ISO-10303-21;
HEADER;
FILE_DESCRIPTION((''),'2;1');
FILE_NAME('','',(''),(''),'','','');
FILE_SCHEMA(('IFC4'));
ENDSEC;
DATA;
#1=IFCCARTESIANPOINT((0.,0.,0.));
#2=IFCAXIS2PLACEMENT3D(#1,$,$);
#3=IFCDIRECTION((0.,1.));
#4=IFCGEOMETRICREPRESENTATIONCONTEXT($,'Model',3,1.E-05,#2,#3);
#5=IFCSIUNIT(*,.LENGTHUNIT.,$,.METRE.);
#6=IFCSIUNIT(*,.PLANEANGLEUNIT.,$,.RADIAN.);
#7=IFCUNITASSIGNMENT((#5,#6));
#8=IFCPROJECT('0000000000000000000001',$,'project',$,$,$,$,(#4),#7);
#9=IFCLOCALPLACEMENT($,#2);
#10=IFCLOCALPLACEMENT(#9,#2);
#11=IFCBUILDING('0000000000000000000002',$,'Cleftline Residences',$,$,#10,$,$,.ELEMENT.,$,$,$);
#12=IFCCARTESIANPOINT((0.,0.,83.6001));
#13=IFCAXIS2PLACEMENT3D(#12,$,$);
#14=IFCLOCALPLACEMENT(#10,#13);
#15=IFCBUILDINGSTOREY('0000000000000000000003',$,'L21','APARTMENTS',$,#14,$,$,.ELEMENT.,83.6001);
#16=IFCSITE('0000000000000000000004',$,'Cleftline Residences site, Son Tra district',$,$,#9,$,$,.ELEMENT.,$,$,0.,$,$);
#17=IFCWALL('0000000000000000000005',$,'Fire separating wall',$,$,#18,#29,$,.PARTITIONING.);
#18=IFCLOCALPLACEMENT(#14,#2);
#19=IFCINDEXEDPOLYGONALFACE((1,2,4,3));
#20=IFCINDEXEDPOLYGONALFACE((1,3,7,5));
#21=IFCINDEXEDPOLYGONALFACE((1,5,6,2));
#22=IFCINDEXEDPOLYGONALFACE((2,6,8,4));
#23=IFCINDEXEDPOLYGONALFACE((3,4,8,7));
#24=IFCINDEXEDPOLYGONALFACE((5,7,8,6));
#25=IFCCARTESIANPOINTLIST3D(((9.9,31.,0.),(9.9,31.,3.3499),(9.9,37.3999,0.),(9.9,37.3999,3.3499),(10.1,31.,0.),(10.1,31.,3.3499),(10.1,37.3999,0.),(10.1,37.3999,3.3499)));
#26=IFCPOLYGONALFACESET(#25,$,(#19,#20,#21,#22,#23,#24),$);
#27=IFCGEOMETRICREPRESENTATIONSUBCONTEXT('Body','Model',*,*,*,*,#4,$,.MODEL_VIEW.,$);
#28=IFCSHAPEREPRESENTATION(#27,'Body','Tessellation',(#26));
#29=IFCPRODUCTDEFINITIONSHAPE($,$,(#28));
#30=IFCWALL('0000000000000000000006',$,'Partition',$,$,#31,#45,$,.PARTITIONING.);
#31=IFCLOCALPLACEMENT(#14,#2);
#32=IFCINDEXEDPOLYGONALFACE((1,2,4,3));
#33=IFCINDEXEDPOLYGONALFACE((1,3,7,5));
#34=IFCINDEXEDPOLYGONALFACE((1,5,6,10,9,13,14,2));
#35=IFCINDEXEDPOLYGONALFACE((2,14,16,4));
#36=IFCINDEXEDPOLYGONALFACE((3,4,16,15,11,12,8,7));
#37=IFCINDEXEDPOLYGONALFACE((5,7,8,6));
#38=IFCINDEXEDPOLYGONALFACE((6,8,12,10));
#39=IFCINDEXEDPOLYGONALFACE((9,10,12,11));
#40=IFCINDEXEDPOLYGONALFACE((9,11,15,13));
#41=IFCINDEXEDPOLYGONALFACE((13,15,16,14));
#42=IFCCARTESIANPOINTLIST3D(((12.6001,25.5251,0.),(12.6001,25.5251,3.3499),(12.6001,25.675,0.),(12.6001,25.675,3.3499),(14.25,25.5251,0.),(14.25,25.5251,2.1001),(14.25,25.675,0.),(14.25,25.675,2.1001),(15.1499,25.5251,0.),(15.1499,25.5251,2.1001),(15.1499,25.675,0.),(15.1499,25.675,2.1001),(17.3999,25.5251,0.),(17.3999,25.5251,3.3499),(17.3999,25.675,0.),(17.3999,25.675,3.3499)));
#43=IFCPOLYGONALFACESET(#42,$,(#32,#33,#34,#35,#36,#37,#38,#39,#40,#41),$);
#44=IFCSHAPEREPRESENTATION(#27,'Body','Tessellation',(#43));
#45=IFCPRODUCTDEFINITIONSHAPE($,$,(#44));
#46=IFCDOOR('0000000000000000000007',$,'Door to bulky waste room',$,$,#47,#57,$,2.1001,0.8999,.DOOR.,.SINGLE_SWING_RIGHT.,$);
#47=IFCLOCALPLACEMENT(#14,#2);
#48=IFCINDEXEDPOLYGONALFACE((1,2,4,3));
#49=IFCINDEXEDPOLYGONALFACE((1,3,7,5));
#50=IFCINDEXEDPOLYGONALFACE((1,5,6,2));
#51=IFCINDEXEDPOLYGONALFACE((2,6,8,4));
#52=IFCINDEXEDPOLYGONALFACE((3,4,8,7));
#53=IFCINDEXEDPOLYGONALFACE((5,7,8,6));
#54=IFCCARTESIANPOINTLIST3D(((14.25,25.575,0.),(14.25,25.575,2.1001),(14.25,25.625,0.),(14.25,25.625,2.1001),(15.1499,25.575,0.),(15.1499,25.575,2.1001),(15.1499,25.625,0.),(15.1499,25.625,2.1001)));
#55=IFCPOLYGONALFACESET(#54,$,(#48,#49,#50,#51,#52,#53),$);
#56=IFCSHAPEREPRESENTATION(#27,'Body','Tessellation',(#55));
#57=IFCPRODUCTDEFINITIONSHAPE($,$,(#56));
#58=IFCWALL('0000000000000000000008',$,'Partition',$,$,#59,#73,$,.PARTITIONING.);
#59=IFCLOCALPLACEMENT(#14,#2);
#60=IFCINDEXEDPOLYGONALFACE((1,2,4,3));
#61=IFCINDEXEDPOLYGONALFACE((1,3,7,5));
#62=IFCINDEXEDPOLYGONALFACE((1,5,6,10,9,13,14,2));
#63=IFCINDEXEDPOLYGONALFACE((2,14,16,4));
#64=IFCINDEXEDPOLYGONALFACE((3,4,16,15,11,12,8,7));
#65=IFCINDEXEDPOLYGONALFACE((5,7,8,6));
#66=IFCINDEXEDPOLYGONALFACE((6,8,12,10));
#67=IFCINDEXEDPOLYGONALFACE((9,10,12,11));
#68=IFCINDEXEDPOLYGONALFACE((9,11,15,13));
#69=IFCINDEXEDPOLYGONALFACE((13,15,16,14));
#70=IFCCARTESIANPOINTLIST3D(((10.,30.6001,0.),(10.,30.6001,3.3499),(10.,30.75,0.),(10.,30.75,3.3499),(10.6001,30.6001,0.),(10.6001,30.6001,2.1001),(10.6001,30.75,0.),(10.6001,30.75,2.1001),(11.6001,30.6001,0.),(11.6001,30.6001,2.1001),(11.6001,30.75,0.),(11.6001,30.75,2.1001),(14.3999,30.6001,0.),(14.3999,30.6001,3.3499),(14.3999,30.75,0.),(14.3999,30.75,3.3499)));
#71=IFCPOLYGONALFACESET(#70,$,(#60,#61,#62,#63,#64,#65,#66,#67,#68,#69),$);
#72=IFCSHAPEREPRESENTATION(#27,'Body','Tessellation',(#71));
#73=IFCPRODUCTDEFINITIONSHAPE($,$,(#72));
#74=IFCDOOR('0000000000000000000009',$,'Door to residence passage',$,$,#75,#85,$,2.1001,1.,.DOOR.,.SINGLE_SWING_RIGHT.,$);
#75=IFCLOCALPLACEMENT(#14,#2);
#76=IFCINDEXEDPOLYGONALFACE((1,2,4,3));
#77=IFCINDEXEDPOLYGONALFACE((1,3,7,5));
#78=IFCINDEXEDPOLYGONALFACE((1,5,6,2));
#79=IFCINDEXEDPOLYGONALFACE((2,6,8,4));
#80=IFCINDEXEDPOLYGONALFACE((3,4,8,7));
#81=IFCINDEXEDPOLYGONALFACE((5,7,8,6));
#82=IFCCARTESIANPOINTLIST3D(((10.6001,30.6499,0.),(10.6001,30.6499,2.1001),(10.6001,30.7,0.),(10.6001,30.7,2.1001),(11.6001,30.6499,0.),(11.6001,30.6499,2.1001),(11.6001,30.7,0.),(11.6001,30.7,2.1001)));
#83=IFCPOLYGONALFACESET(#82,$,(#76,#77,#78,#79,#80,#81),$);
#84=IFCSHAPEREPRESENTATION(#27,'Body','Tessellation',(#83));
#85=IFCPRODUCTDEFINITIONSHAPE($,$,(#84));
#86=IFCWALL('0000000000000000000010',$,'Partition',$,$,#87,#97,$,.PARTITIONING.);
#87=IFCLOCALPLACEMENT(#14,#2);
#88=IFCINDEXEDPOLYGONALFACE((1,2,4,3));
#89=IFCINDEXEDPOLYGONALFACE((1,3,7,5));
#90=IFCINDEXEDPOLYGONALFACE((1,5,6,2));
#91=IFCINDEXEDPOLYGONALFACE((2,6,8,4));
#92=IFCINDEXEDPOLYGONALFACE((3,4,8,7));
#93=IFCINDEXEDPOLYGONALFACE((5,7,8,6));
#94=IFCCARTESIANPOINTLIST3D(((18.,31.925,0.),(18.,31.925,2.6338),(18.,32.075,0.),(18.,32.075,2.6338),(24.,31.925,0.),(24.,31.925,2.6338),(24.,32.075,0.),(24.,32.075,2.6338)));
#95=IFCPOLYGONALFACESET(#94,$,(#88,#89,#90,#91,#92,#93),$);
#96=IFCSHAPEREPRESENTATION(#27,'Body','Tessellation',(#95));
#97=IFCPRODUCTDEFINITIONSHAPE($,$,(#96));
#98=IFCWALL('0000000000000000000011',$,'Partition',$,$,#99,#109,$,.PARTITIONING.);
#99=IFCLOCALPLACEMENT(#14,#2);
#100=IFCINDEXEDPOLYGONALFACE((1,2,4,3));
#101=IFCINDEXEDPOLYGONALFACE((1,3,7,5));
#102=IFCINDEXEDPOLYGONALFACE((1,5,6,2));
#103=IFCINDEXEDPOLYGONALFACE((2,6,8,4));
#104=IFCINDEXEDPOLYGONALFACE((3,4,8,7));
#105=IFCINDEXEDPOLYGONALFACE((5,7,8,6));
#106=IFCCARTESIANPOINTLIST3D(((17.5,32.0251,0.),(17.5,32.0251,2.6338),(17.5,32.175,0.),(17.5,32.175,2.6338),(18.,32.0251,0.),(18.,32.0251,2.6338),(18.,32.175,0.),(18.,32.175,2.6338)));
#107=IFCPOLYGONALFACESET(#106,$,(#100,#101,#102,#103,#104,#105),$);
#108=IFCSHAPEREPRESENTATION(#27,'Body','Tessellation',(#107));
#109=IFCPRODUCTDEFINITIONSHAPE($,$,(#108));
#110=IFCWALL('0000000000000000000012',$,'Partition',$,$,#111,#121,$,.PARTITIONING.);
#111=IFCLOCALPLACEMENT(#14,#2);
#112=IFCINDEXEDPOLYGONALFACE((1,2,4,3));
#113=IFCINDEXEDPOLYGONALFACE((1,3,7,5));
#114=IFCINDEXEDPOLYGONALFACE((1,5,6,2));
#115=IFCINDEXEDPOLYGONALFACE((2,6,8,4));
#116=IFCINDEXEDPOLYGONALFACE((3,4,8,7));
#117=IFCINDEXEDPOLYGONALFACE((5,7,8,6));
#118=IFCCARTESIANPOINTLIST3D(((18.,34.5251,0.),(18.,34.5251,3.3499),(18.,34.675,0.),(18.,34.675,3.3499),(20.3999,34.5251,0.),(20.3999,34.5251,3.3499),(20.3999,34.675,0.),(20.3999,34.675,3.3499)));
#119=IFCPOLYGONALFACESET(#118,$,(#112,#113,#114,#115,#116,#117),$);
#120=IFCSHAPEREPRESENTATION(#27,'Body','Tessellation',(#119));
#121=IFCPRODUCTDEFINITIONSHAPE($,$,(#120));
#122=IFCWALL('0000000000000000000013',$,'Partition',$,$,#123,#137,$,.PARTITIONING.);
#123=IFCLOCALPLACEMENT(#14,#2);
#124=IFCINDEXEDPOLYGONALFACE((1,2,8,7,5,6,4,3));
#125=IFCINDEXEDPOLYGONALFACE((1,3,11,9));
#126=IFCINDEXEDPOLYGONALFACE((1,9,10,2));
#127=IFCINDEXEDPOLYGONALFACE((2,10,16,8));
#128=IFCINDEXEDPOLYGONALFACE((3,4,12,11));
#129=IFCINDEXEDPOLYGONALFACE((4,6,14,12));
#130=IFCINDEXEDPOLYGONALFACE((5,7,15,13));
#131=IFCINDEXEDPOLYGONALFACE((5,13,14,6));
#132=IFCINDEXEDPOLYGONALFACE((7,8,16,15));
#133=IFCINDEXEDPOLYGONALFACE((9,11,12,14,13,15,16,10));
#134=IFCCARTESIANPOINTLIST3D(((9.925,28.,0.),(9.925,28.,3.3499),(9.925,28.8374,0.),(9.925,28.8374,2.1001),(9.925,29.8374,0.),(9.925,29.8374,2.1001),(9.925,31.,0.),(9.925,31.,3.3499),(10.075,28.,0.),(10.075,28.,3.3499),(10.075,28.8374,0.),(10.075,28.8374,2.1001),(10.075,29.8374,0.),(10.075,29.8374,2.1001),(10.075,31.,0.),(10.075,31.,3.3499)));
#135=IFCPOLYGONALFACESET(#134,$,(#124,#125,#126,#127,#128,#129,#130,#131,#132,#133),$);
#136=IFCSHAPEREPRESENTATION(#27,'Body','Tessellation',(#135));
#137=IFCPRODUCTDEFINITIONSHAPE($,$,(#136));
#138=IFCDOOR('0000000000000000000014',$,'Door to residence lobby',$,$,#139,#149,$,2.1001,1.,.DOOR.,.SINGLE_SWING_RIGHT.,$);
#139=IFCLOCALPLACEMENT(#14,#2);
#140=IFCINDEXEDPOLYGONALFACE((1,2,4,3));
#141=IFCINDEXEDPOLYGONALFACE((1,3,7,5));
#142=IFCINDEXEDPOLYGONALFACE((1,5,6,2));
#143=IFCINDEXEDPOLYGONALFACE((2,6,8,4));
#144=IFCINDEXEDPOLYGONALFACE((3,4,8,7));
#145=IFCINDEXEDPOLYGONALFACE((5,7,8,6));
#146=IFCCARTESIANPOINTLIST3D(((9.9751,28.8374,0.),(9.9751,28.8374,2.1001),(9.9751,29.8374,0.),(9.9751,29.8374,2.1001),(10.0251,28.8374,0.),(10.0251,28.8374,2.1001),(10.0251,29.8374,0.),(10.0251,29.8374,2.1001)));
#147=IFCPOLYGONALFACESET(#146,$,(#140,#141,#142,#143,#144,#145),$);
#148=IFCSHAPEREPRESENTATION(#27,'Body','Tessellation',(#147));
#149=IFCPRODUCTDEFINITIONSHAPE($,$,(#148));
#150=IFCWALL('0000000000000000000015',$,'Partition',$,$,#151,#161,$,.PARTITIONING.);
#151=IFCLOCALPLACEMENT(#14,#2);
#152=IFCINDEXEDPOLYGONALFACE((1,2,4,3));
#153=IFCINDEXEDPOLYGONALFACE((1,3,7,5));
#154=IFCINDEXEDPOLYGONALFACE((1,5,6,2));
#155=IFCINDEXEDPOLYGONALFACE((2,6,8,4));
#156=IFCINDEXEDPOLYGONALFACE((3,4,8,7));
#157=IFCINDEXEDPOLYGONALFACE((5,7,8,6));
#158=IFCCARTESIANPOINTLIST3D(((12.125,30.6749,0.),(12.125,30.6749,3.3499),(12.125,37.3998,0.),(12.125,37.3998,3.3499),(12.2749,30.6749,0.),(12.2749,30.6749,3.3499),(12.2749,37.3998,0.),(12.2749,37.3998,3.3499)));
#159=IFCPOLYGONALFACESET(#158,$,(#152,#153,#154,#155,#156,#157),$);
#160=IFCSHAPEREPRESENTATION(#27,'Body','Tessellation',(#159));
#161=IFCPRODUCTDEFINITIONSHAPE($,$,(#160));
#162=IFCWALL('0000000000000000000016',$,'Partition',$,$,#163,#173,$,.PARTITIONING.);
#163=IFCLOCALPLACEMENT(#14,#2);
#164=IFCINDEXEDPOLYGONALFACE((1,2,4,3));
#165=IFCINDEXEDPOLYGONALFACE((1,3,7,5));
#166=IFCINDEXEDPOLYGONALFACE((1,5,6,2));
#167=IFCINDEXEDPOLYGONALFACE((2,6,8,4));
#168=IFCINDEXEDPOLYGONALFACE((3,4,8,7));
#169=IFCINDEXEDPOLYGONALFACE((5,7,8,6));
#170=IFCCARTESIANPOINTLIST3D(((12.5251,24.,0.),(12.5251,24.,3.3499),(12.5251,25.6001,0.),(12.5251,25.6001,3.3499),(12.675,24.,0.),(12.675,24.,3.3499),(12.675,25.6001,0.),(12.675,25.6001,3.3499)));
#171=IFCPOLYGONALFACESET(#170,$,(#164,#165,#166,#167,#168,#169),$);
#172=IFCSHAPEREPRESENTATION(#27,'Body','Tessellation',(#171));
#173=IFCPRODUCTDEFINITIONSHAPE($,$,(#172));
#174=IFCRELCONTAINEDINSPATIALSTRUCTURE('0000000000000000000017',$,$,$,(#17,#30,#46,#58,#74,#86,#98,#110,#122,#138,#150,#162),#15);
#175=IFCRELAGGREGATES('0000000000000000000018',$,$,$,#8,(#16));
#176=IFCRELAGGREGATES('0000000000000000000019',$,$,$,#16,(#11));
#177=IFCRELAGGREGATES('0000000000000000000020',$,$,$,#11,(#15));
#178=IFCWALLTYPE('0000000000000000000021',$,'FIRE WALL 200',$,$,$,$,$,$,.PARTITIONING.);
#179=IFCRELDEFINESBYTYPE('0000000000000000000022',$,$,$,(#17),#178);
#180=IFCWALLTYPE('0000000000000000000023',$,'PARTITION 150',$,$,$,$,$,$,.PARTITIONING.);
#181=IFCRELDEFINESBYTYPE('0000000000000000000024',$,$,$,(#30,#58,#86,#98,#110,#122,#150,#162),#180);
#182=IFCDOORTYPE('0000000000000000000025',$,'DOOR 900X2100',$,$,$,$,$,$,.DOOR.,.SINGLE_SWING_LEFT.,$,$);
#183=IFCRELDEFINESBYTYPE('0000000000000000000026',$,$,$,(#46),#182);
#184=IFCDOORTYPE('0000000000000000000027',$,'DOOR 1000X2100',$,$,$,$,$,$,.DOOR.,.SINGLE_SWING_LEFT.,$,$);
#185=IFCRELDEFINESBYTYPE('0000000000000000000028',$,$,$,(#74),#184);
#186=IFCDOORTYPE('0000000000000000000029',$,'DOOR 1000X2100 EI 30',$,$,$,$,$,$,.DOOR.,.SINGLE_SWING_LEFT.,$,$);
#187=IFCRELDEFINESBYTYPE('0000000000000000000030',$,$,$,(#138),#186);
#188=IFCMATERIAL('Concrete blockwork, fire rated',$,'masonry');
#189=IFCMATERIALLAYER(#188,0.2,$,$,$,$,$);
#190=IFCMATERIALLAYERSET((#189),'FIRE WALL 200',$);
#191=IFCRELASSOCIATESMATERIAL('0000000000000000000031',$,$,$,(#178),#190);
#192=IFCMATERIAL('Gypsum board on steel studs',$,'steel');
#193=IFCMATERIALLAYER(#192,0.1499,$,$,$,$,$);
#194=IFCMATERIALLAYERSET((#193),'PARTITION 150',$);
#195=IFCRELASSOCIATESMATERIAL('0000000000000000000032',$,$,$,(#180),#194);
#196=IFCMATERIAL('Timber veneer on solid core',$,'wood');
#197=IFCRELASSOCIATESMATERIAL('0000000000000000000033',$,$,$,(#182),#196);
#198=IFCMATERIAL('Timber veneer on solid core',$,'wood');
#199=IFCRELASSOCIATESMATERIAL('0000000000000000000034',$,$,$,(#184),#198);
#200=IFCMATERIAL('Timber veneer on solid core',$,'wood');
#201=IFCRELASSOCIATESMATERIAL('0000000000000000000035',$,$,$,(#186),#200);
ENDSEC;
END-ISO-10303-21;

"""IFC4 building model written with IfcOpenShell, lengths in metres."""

from ifc_helpers import new_model, si_unit, direction, frame, frame_2d, origin, place, context, subcontext, project, spatial, rectangle, extrude, material, layer, layer_set, type_object, element, fill, save


model = new_model("IFC4")

# Units and contexts
model_context = context("Model", 3, precision=1e-05, world=origin(), true_north=direction((0.0, 1.0)))
body_context = subcontext(model_context, "Body", "Model", "MODEL_VIEW")
ifc_project = project(units=[si_unit("LENGTHUNIT", "METRE"), si_unit("PLANEANGLEUNIT", "RADIAN")], contexts=[model_context])

# Site, building, storey
site_placement = place(None, origin())
site = spatial("IfcSite", under=ifc_project, at=site_placement, Name="Cleftline Residences site, Son Tra district", CompositionType="ELEMENT", RefElevation=0.0)
building_placement = place(site_placement, origin())
building = spatial("IfcBuilding", under=site, at=building_placement, Name="Cleftline Residences", CompositionType="ELEMENT")
storey_placement = place(building_placement, frame((0.0, 0.0, 83.6001)))
storey = spatial("IfcBuildingStorey", under=building, at=storey_placement, Name="L21", Description="APARTMENTS", CompositionType="ELEMENT", Elevation=83.6001)

# Wall
ifc_material_1 = material(Name="Concrete blockwork, fire rated", Category="masonry")
ifc_layer_1 = layer(ifc_material_1, 0.2)
ifc_layer_set_1 = layer_set([ifc_layer_1], Name="FIRE WALL 200")
wall_type_1 = type_object("IfcWallType", Name="FIRE WALL 200", PredefinedType="PARTITIONING", material=ifc_layer_set_1)
wall_1_placement = place(storey_placement, frame((10.0, 31.0, 0.0), z_axis=(0.0, 0.0, 1.0), x_axis=(0.0, 1.0, 0.0)))
element("IfcWall", 1, at=wall_1_placement, inside=storey, type_object=wall_type_1, Name="Fire separating wall", PredefinedType="PARTITIONING", context=body_context, shape_type="SweptSolid", body=[
    extrude(rectangle(XDim=6.3999, YDim=0.2, at=frame_2d((3.2, 0.0))), origin(), (0.0, 0.0, 1.0), 3.3499),
])

# Walls, openings, doors
ifc_material_2 = material(Name="Gypsum board on steel studs", Category="steel")
ifc_layer_2 = layer(ifc_material_2, 0.1499)
ifc_layer_set_2 = layer_set([ifc_layer_2], Name="PARTITION 150")
wall_type_2 = type_object("IfcWallType", Name="PARTITION 150", PredefinedType="PARTITIONING", material=ifc_layer_set_2)
wall_2_placement = place(storey_placement, frame((12.6001, 25.6001, 0.0), z_axis=(0.0, 0.0, 1.0), x_axis=(1.0, 0.0, 0.0)))
wall_2 = element("IfcWall", 2, at=wall_2_placement, inside=storey, type_object=wall_type_2, Name="Partition", PredefinedType="PARTITIONING", context=body_context, shape_type="SweptSolid", body=[
    extrude(rectangle(XDim=4.7998, YDim=0.1499, at=frame_2d((2.3999, 0.0))), origin(), (0.0, 0.0, 1.0), 3.3499),
])
opening_1_placement = place(wall_2_placement, frame((1.6499, 0.0, 0.0)))
opening_1 = element("IfcOpeningElement", 3, at=opening_1_placement, cuts=wall_2, PredefinedType="OPENING", context=body_context, shape_type="SweptSolid", body=[
    extrude(rectangle(XDim=0.8999, YDim=2.1001, at=frame_2d((0.45, 1.05))), frame((0.0, 0.085, 0.0), z_axis=(0.0, -1.0, 0.0), x_axis=(1.0, 0.0, 0.0)), (0.0, 0.0, 1.0), 0.1699),
])
ifc_material_3 = material(Name="Timber veneer on solid core", Category="wood")
door_type_1 = type_object("IfcDoorType", Name="DOOR 900X2100", OperationType="SINGLE_SWING_LEFT", PredefinedType="DOOR", material=ifc_material_3)
door_1_placement = place(opening_1_placement, origin())
door_1 = element("IfcDoor", 4, at=door_1_placement, inside=storey, type_object=door_type_1, Name="Door to bulky waste room", OperationType="SINGLE_SWING_RIGHT", OverallHeight=2.1001, OverallWidth=0.8999, PredefinedType="DOOR", context=body_context, shape_type="SweptSolid", body=[
    extrude(rectangle(XDim=0.8999, YDim=2.1001, at=frame_2d((0.45, 1.05))), frame((0.0, 0.0249, 0.0), z_axis=(0.0, -1.0, 0.0), x_axis=(1.0, 0.0, 0.0)), (0.0, 0.0, 1.0), 0.05),
])
fill(opening_1, door_1)
wall_3_placement = place(storey_placement, frame((10.0, 30.675, 0.0), z_axis=(0.0, 0.0, 1.0), x_axis=(1.0, 0.0, 0.0)))
wall_3 = element("IfcWall", 5, at=wall_3_placement, inside=storey, type_object=wall_type_2, Name="Partition", PredefinedType="PARTITIONING", context=body_context, shape_type="SweptSolid", body=[
    extrude(rectangle(XDim=4.3999, YDim=0.1499, at=frame_2d((2.2, 0.0))), origin(), (0.0, 0.0, 1.0), 3.3499),
])
opening_2_placement = place(wall_3_placement, frame((0.6001, 0.0, 0.0)))
opening_2 = element("IfcOpeningElement", 6, at=opening_2_placement, cuts=wall_3, PredefinedType="OPENING", context=body_context, shape_type="SweptSolid", body=[
    extrude(rectangle(XDim=1.0, YDim=2.1001, at=frame_2d((0.5, 1.05))), frame((0.0, 0.085, 0.0), z_axis=(0.0, -1.0, 0.0), x_axis=(1.0, 0.0, 0.0)), (0.0, 0.0, 1.0), 0.1699),
])
ifc_material_4 = material(Name="Timber veneer on solid core", Category="wood")
door_type_2 = type_object("IfcDoorType", Name="DOOR 1000X2100", OperationType="SINGLE_SWING_LEFT", PredefinedType="DOOR", material=ifc_material_4)
door_2_placement = place(opening_2_placement, origin())
door_2 = element("IfcDoor", 7, at=door_2_placement, inside=storey, type_object=door_type_2, Name="Door to residence passage", OperationType="SINGLE_SWING_RIGHT", OverallHeight=2.1001, OverallWidth=1.0, PredefinedType="DOOR", context=body_context, shape_type="SweptSolid", body=[
    extrude(rectangle(XDim=1.0, YDim=2.1001, at=frame_2d((0.5, 1.05))), frame((0.0, 0.0249, 0.0), z_axis=(0.0, -1.0, 0.0), x_axis=(1.0, 0.0, 0.0)), (0.0, 0.0, 1.0), 0.05),
])
fill(opening_2, door_2)

# Walls
wall_4_placement = place(storey_placement, frame((18.0, 32.0, 0.0), z_axis=(0.0, 0.0, 1.0), x_axis=(1.0, 0.0, 0.0)))
element("IfcWall", 8, at=wall_4_placement, inside=storey, type_object=wall_type_2, Name="Partition", PredefinedType="PARTITIONING", context=body_context, shape_type="SweptSolid", body=[
    extrude(rectangle(XDim=6.0, YDim=0.1499, at=frame_2d((3.0, 0.0))), origin(), (0.0, 0.0, 1.0), 2.6338),
])
wall_5_placement = place(storey_placement, frame((17.5, 32.1001, 0.0), z_axis=(0.0, 0.0, 1.0), x_axis=(1.0, 0.0, 0.0)))
element("IfcWall", 9, at=wall_5_placement, inside=storey, type_object=wall_type_2, Name="Partition", PredefinedType="PARTITIONING", context=body_context, shape_type="SweptSolid", body=[
    extrude(rectangle(XDim=0.5, YDim=0.1499, at=frame_2d((0.25, 0.0))), origin(), (0.0, 0.0, 1.0), 2.6338),
])
wall_6_placement = place(storey_placement, frame((18.0, 34.6001, 0.0), z_axis=(0.0, 0.0, 1.0), x_axis=(1.0, 0.0, 0.0)))
element("IfcWall", 10, at=wall_6_placement, inside=storey, type_object=wall_type_2, Name="Partition", PredefinedType="PARTITIONING", context=body_context, shape_type="SweptSolid", body=[
    extrude(rectangle(XDim=2.3999, YDim=0.1499, at=frame_2d((1.2, 0.0))), origin(), (0.0, 0.0, 1.0), 3.3499),
])

# Wall, opening, door
wall_7_placement = place(storey_placement, frame((10.0, 28.0, 0.0), z_axis=(0.0, 0.0, 1.0), x_axis=(0.0, 1.0, 0.0)))
wall_7 = element("IfcWall", 11, at=wall_7_placement, inside=storey, type_object=wall_type_2, Name="Partition", PredefinedType="PARTITIONING", context=body_context, shape_type="SweptSolid", body=[
    extrude(rectangle(XDim=3.0, YDim=0.1499, at=frame_2d((1.5, 0.0))), origin(), (0.0, 0.0, 1.0), 3.3499),
])
opening_3_placement = place(wall_7_placement, frame((0.8374, 0.0, 0.0)))
opening_3 = element("IfcOpeningElement", 12, at=opening_3_placement, cuts=wall_7, PredefinedType="OPENING", context=body_context, shape_type="SweptSolid", body=[
    extrude(rectangle(XDim=1.0, YDim=2.1001, at=frame_2d((0.5, 1.05))), frame((0.0, 0.085, 0.0), z_axis=(0.0, -1.0, 0.0), x_axis=(1.0, 0.0, 0.0)), (0.0, 0.0, 1.0), 0.1699),
])
ifc_material_5 = material(Name="Timber veneer on solid core", Category="wood")
door_type_3 = type_object("IfcDoorType", Name="DOOR 1000X2100 EI 30", OperationType="SINGLE_SWING_LEFT", PredefinedType="DOOR", material=ifc_material_5)
door_3_placement = place(opening_3_placement, origin())
door_3 = element("IfcDoor", 13, at=door_3_placement, inside=storey, type_object=door_type_3, Name="Door to residence lobby", OperationType="SINGLE_SWING_RIGHT", OverallHeight=2.1001, OverallWidth=1.0, PredefinedType="DOOR", context=body_context, shape_type="SweptSolid", body=[
    extrude(rectangle(XDim=1.0, YDim=2.1001, at=frame_2d((0.5, 1.05))), frame((0.0, 0.0249, 0.0), z_axis=(0.0, -1.0, 0.0), x_axis=(1.0, 0.0, 0.0)), (0.0, 0.0, 1.0), 0.05),
])
fill(opening_3, door_3)

# Walls
wall_8_placement = place(storey_placement, frame((12.2, 30.675, 0.0), z_axis=(0.0, 0.0, 1.0), x_axis=(0.0, 1.0, 0.0)))
element("IfcWall", 14, at=wall_8_placement, inside=storey, type_object=wall_type_2, Name="Partition", PredefinedType="PARTITIONING", context=body_context, shape_type="SweptSolid", body=[
    extrude(rectangle(XDim=6.7249, YDim=0.1499, at=frame_2d((3.3623, 0.0))), origin(), (0.0, 0.0, 1.0), 3.3499),
])
wall_9_placement = place(storey_placement, frame((12.6001, 24.0, 0.0), z_axis=(0.0, 0.0, 1.0), x_axis=(0.0, 1.0, 0.0)))
element("IfcWall", 15, at=wall_9_placement, inside=storey, type_object=wall_type_2, Name="Partition", PredefinedType="PARTITIONING", context=body_context, shape_type="SweptSolid", body=[
    extrude(rectangle(XDim=1.6001, YDim=0.1499, at=frame_2d((0.8, 0.0))), origin(), (0.0, 0.0, 1.0), 3.3499),
])

save(model, "model.ifc")
